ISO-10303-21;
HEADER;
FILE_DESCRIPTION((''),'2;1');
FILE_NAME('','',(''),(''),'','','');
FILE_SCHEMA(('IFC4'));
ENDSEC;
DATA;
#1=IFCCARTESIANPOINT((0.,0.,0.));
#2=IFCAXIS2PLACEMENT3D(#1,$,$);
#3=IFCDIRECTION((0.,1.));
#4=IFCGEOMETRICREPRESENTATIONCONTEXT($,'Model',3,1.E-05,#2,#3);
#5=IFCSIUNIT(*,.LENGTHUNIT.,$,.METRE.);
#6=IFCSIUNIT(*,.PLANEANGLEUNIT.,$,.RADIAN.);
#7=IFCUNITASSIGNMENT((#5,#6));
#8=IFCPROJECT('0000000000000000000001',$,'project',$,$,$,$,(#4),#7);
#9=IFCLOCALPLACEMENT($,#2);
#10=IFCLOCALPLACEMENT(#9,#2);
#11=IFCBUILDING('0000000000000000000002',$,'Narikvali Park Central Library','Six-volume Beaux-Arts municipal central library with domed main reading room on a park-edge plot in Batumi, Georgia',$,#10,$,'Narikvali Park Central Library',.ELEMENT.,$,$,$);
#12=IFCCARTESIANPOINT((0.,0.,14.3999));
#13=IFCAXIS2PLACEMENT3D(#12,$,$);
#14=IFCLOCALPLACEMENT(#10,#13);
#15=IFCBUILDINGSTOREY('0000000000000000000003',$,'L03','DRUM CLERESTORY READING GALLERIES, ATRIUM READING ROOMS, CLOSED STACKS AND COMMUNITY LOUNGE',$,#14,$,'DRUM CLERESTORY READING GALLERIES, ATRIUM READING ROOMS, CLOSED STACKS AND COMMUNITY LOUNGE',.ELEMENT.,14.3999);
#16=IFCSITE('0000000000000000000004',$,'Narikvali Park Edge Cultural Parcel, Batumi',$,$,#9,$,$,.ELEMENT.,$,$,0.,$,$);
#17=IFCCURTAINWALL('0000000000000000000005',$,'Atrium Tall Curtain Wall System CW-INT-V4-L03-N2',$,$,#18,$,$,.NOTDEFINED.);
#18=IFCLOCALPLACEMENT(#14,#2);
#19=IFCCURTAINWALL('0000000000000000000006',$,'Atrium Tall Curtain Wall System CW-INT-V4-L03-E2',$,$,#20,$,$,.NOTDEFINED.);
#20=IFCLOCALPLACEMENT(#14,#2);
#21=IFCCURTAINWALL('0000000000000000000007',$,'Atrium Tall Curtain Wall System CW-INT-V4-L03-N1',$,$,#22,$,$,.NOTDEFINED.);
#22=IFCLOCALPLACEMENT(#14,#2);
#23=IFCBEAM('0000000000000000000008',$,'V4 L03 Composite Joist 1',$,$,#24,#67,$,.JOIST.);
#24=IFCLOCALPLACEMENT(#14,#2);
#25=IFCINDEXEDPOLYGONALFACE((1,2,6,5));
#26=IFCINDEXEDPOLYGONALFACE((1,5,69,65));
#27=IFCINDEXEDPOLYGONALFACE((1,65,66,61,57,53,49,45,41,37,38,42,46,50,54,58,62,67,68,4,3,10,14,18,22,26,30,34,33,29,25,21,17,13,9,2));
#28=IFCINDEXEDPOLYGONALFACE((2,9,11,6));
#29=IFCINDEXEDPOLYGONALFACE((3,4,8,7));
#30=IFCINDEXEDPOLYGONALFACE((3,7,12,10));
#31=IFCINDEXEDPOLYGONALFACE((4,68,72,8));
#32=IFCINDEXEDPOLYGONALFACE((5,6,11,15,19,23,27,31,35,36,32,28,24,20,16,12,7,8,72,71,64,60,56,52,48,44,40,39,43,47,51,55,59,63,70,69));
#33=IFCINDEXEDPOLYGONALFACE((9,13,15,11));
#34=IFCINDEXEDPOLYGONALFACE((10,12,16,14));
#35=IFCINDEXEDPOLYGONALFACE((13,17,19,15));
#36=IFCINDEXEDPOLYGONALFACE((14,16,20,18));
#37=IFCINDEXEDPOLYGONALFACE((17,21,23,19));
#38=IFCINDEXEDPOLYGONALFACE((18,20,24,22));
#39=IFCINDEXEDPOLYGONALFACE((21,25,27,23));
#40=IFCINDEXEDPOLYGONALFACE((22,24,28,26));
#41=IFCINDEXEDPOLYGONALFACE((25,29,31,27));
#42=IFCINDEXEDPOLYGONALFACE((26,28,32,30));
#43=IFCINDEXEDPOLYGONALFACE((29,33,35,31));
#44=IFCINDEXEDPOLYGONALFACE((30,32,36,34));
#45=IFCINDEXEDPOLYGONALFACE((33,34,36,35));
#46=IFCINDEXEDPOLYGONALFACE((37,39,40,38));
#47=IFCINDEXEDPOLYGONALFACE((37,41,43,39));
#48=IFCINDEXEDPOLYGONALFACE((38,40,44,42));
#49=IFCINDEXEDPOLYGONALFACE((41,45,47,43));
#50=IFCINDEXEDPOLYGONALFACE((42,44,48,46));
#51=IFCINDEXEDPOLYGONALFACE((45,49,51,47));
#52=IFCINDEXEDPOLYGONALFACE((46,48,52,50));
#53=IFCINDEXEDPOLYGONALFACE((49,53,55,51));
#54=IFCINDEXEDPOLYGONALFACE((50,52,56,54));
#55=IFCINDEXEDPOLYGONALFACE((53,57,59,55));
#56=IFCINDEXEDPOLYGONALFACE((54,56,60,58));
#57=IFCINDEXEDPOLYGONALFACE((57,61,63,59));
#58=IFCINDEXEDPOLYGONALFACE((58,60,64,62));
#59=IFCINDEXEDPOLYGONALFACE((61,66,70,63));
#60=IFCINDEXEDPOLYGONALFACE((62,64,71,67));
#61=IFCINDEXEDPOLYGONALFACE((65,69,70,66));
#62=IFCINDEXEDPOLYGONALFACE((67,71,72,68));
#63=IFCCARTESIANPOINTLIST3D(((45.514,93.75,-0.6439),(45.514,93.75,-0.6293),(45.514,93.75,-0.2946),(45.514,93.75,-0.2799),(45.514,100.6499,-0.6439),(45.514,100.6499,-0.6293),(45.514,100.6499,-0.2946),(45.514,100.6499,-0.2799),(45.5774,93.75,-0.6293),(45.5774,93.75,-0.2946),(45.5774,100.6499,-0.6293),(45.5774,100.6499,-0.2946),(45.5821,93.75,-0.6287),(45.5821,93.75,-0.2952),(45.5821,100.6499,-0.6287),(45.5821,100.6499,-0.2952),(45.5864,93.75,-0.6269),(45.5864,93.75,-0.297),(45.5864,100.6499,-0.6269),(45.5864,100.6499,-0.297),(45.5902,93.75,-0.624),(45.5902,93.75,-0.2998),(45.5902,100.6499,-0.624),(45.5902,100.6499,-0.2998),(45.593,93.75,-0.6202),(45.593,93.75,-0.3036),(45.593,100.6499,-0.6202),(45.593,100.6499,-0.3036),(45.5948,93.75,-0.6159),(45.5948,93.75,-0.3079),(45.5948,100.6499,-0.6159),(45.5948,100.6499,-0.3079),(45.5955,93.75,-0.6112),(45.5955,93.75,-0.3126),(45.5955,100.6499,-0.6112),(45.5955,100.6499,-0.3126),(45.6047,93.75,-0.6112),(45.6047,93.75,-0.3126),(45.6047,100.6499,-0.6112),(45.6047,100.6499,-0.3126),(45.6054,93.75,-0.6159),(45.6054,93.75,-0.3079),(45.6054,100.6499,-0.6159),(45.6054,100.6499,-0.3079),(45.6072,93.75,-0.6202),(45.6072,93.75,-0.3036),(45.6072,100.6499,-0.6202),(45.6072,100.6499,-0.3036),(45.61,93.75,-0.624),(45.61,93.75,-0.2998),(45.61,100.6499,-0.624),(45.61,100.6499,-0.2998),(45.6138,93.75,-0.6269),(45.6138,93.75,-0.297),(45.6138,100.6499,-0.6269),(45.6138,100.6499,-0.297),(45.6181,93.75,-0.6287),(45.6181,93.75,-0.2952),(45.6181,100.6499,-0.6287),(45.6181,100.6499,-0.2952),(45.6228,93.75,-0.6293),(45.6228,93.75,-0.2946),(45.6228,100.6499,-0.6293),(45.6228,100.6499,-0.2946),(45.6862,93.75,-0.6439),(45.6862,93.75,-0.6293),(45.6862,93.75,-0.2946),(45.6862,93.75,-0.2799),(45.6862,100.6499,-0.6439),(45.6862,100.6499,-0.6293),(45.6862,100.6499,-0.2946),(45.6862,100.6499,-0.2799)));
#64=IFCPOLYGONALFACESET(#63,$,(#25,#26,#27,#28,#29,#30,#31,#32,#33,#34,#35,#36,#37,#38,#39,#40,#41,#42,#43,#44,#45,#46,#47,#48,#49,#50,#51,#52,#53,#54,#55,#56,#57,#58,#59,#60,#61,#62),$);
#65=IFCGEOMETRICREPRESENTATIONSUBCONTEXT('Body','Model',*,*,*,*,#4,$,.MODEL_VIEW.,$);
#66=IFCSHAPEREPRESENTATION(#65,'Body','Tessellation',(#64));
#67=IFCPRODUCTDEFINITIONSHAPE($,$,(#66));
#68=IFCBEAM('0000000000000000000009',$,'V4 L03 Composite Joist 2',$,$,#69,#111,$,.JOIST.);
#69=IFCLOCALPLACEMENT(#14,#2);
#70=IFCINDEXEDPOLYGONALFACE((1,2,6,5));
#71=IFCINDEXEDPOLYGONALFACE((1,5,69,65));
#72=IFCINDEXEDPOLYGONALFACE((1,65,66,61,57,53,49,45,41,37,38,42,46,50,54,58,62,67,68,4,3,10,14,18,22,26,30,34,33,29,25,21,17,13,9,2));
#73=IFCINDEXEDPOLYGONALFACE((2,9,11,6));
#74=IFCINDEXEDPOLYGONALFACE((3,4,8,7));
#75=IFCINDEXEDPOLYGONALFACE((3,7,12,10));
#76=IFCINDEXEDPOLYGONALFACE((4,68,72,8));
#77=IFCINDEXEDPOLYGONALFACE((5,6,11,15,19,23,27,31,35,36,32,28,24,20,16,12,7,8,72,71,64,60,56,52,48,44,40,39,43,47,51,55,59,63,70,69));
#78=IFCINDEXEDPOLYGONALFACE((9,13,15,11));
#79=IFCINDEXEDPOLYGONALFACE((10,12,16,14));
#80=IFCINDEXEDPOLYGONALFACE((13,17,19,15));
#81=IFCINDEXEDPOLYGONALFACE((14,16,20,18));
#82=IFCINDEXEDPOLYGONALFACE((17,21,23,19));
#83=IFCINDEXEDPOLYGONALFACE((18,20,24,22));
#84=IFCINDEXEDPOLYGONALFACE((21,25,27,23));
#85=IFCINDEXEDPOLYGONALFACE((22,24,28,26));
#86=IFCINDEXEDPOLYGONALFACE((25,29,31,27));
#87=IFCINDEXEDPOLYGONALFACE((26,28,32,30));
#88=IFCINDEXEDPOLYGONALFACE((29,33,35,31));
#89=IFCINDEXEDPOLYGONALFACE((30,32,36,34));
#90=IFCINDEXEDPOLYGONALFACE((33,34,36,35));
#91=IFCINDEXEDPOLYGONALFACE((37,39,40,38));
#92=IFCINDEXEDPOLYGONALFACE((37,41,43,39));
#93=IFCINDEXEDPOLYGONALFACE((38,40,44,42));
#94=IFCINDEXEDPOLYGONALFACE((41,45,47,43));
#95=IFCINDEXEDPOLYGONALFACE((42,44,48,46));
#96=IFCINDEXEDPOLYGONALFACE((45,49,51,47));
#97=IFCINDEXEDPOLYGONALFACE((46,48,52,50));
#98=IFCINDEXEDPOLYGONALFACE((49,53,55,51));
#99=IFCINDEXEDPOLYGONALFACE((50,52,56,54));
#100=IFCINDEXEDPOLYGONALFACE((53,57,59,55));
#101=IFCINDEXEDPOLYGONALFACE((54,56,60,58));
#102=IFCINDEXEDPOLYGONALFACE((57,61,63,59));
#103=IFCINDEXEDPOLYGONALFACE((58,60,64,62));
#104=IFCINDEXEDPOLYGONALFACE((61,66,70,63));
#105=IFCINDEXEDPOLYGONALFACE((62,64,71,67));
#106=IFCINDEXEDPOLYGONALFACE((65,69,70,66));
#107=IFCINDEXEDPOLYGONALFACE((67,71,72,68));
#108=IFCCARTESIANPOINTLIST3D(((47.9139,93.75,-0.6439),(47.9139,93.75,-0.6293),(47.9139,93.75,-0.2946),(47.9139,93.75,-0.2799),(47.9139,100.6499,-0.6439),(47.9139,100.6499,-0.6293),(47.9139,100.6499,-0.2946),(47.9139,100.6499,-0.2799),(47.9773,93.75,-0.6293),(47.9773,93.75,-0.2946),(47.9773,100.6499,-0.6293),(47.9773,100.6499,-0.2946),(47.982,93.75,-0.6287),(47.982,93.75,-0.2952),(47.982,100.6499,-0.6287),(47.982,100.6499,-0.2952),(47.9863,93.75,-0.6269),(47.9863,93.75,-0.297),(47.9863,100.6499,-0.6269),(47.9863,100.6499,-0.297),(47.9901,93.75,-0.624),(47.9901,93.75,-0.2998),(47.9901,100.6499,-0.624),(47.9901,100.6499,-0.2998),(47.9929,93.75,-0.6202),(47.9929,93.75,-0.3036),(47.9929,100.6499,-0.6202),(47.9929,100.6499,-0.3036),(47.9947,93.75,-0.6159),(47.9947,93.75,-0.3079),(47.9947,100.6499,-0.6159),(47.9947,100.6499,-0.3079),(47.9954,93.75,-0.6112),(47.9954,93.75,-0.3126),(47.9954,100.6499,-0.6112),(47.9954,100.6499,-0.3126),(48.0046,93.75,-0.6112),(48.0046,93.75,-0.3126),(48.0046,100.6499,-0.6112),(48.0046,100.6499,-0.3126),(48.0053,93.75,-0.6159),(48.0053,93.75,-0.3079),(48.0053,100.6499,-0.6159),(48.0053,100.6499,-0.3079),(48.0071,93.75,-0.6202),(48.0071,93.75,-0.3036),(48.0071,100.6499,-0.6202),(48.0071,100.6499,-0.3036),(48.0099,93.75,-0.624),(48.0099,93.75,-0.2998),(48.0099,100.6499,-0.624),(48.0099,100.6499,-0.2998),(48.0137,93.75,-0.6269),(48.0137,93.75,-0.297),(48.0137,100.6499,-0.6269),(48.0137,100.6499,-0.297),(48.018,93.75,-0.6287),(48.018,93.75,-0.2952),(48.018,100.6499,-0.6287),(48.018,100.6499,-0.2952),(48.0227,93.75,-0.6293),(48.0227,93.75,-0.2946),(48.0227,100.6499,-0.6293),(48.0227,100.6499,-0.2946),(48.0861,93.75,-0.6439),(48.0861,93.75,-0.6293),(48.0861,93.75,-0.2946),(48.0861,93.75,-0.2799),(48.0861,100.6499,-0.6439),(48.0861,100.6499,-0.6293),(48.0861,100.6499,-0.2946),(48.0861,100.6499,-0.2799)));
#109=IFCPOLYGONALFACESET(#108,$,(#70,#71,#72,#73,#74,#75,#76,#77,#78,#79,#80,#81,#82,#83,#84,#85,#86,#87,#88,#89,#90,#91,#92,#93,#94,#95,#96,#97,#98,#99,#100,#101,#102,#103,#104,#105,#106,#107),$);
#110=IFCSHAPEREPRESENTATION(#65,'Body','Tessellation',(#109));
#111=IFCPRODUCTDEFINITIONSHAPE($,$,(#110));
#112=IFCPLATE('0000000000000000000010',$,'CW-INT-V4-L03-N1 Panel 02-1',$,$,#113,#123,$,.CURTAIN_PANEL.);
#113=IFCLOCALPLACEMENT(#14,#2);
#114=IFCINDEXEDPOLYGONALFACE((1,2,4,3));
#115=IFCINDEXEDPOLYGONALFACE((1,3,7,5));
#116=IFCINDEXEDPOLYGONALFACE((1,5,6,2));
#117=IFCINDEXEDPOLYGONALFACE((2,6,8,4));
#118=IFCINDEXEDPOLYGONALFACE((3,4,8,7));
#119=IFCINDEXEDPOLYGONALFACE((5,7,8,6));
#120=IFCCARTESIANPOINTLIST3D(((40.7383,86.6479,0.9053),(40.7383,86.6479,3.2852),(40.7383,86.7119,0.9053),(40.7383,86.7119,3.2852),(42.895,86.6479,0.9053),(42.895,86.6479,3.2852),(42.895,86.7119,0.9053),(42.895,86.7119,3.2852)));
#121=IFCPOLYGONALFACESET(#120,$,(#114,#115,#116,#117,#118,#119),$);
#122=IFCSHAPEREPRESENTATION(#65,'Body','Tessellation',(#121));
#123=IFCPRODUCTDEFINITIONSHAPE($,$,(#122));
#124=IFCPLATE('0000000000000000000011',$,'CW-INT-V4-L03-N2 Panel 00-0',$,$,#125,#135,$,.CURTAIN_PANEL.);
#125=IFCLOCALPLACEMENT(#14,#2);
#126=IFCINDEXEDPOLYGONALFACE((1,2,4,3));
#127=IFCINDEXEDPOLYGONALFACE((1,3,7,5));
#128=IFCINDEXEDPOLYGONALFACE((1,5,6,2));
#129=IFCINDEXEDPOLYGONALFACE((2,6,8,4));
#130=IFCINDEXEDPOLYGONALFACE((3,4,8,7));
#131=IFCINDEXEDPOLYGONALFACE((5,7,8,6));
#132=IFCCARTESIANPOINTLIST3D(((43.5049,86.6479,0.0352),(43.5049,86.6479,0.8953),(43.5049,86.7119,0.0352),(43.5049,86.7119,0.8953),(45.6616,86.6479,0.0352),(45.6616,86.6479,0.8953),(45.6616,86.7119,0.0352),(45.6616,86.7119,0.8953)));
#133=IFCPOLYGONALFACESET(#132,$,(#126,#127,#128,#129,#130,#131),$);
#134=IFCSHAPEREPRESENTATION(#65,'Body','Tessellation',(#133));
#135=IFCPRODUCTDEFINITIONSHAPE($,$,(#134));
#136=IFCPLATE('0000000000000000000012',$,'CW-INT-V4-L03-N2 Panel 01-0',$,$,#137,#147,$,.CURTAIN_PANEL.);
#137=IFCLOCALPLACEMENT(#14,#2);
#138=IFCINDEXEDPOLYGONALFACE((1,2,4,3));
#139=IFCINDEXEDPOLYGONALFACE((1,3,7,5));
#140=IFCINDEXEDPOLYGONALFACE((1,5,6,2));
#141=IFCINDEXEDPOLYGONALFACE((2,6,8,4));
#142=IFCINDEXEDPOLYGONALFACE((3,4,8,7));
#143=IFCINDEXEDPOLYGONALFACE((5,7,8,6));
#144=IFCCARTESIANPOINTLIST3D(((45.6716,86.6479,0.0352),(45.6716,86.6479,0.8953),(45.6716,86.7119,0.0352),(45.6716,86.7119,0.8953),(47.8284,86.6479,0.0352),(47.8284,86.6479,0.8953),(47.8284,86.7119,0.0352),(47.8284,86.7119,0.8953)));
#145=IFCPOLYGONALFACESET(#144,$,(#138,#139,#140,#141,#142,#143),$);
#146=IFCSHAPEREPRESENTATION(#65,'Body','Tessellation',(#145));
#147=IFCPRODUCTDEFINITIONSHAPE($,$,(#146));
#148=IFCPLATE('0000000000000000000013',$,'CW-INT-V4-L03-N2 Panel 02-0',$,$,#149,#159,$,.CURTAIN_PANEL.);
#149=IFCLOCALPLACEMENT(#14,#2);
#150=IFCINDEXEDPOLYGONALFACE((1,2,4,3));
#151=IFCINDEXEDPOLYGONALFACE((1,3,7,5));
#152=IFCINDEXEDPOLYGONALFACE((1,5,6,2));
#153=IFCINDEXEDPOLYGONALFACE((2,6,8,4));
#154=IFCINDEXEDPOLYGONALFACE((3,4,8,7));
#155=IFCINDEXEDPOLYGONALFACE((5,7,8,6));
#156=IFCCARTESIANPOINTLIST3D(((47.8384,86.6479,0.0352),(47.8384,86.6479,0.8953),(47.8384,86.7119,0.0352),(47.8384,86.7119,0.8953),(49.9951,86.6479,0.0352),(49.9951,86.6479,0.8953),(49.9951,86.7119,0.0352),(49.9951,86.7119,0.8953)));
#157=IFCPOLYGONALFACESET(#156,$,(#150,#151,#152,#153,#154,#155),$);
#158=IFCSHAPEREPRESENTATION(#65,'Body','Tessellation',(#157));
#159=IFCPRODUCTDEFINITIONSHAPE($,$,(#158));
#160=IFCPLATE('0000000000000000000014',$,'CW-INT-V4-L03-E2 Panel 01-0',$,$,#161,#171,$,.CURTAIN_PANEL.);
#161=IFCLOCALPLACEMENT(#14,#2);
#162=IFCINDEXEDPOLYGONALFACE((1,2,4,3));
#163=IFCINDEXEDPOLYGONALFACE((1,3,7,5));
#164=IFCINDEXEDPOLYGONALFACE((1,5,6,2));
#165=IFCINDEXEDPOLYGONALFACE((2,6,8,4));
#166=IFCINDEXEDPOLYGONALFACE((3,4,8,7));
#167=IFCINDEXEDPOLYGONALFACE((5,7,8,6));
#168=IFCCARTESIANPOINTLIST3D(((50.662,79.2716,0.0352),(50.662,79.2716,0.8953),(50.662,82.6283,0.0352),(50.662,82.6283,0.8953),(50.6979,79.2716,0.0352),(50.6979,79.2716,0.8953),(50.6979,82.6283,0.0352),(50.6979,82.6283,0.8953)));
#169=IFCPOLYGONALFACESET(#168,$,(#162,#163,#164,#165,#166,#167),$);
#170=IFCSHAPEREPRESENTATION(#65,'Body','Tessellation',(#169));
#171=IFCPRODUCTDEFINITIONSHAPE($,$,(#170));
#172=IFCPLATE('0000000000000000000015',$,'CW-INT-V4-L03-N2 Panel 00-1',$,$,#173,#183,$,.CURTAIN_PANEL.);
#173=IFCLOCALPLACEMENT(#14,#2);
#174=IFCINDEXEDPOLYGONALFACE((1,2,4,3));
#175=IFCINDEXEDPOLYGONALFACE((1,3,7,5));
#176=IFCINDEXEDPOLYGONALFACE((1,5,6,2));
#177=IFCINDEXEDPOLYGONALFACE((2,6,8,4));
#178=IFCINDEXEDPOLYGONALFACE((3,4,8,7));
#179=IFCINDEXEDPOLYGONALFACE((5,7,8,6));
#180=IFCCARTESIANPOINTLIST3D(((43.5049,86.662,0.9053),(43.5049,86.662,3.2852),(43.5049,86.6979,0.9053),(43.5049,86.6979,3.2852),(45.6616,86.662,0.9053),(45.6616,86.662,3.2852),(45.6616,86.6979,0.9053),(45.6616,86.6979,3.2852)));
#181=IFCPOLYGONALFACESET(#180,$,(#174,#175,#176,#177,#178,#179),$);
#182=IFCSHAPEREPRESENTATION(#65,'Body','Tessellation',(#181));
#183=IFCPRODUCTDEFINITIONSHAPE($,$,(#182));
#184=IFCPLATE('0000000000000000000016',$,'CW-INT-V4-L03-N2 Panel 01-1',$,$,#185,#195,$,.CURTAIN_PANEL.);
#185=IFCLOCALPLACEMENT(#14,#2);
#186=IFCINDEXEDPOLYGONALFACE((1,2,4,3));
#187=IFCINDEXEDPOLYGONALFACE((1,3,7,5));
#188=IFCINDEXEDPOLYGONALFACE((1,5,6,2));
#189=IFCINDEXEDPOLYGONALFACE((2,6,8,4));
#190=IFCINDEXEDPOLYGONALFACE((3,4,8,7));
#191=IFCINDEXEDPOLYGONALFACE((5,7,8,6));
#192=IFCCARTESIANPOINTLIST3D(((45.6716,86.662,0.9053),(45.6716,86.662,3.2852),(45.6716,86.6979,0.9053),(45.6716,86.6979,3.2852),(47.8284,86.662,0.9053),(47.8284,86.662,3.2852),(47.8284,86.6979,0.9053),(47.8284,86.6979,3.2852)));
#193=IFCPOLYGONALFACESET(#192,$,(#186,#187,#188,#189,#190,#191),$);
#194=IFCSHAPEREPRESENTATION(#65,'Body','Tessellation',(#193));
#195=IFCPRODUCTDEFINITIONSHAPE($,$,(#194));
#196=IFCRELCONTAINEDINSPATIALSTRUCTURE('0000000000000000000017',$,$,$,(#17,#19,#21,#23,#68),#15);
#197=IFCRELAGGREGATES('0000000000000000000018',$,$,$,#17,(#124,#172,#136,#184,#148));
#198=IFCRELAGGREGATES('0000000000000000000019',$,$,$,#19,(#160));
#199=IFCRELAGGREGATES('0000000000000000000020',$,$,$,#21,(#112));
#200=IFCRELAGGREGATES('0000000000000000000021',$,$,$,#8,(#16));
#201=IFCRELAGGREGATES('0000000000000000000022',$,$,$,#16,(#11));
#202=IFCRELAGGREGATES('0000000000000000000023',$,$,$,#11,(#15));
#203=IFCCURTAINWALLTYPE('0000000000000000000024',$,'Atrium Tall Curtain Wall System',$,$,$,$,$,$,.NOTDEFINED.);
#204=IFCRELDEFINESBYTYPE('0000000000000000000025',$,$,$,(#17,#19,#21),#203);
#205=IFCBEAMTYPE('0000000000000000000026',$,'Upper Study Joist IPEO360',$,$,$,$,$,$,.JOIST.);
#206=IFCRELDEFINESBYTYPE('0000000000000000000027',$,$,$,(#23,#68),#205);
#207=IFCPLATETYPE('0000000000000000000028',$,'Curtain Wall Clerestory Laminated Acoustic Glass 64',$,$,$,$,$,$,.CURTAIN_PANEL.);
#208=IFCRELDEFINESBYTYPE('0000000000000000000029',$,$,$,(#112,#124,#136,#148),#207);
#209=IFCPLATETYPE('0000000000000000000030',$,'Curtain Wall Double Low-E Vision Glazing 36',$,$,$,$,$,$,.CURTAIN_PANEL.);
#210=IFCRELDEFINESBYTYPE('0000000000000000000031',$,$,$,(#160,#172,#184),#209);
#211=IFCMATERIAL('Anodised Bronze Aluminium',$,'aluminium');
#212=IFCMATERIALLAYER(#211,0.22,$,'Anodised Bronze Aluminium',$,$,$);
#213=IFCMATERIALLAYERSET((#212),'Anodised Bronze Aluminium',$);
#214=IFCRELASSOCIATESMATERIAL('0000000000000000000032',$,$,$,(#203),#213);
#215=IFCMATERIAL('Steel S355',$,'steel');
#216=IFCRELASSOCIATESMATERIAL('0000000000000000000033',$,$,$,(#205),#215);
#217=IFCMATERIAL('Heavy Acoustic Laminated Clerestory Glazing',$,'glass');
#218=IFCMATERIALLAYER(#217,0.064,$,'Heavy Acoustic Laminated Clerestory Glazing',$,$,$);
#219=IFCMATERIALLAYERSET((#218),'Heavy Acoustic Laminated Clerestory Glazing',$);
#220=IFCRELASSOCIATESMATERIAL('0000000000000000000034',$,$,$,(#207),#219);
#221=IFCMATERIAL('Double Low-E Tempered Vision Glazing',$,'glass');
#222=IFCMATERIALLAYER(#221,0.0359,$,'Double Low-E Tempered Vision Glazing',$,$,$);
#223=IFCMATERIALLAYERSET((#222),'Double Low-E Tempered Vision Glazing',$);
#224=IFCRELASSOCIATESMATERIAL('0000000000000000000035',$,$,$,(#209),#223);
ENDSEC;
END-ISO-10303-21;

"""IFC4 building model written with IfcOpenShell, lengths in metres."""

from ifc_helpers import new_model, si_unit, direction, frame, origin, origin_2d, place, context, subcontext, project, spatial, rectangle, i_section, extrude, material, layer, layer_set, material_profile, profile_set, type_object, element, aggregate, save


model = new_model("IFC4")

# Units and contexts
model_context = context("Model", 3, precision=1e-05, world=origin(), true_north=direction((0.0, 1.0)))
body_context = subcontext(model_context, "Body", "Model", "MODEL_VIEW")
ifc_project = project(units=[si_unit("LENGTHUNIT", "METRE"), si_unit("PLANEANGLEUNIT", "RADIAN")], contexts=[model_context])

# Site, building, storey
site_placement = place(None, origin())
site = spatial("IfcSite", under=ifc_project, at=site_placement, Name="Narikvali Park Edge Cultural Parcel, Batumi", CompositionType="ELEMENT", RefElevation=0.0)
building_placement = place(site_placement, origin())
building = spatial("IfcBuilding", under=site, at=building_placement, Name="Narikvali Park Central Library", Description="Six-volume Beaux-Arts municipal central library with domed main reading room on a park-edge plot in Batumi, Georgia", LongName="Narikvali Park Central Library", CompositionType="ELEMENT")
storey_placement = place(building_placement, frame((0.0, 0.0, 14.3999)))
storey = spatial("IfcBuildingStorey", under=building, at=storey_placement, Name="L03", Description="DRUM CLERESTORY READING GALLERIES, ATRIUM READING ROOMS, CLOSED STACKS AND COMMUNITY LOUNGE", LongName="DRUM CLERESTORY READING GALLERIES, ATRIUM READING ROOMS, CLOSED STACKS AND COMMUNITY LOUNGE", CompositionType="ELEMENT", Elevation=14.3999)

# Shared definitions
ifc_material_1 = material(Name="Steel S355", Category="steel")

# Curtain wall
ifc_material_2 = material(Name="Anodised Bronze Aluminium", Category="aluminium")
ifc_layer_1 = layer(ifc_material_2, 0.22, Name="Anodised Bronze Aluminium")
ifc_layer_set_1 = layer_set([ifc_layer_1], Name="Anodised Bronze Aluminium")
curtain_wall_type = type_object("IfcCurtainWallType", Name="Atrium Tall Curtain Wall System", PredefinedType="NOTDEFINED", material=ifc_layer_set_1)
curtain_wall_1_placement = place(storey_placement, origin())
curtain_wall_1 = element("IfcCurtainWall", 1, at=curtain_wall_1_placement, inside=storey, type_object=curtain_wall_type, Name="Atrium Tall Curtain Wall System CW-INT-V4-L03-N2", PredefinedType="NOTDEFINED")

# Curtain walls
curtain_wall_2_placement = place(storey_placement, origin())
curtain_wall_2 = element("IfcCurtainWall", 2, at=curtain_wall_2_placement, inside=storey, type_object=curtain_wall_type, Name="Atrium Tall Curtain Wall System CW-INT-V4-L03-E2", PredefinedType="NOTDEFINED")
curtain_wall_3_placement = place(storey_placement, origin())
curtain_wall_3 = element("IfcCurtainWall", 3, at=curtain_wall_3_placement, inside=storey, type_object=curtain_wall_type, Name="Atrium Tall Curtain Wall System CW-INT-V4-L03-N1", PredefinedType="NOTDEFINED")

# Beams
ifc_material_profile_1 = material_profile(ifc_material_1, i_section(OverallWidth=0.1721, OverallDepth=0.364, WebThickness=0.0093, FlangeThickness=0.0146, FilletRadius=0.0181, at=origin_2d()), Name="IPEO 360")
ifc_profile_set_1 = profile_set([ifc_material_profile_1], Name="Steel S355")
beam_type_1 = type_object("IfcBeamType", Name="Upper Study Joist IPEO360", PredefinedType="JOIST", material=ifc_profile_set_1)
for number, where, z_axis, x_axis, name in (
    (4, (45.6001, 93.75, -0.4619), (0.0, 1.0, 0.0), (-1.0, 0.0, 0.0), "V4 L03 Composite Joist 1"),
    (5, (48.0, 93.75, -0.4619), (0.0, 1.0, 0.0), (-1.0, 0.0, 0.0), "V4 L03 Composite Joist 2"),
):
    element("IfcBeam", number, at=place(storey_placement, frame(where, z_axis=z_axis, x_axis=x_axis)), inside=storey, type_object=beam_type_1, Name=name, PredefinedType="JOIST", context=body_context, shape_type="SweptSolid", body=[
        extrude(i_section(OverallWidth=0.1721, OverallDepth=0.364, WebThickness=0.0093, FlangeThickness=0.0146, FilletRadius=0.0181, at=origin_2d()), origin(), (0.0, 0.0, 1.0), 6.8999),
    ])

# Plates
ifc_material_3 = material(Name="Heavy Acoustic Laminated Clerestory Glazing", Category="glass")
ifc_layer_2 = layer(ifc_material_3, 0.064, Name="Heavy Acoustic Laminated Clerestory Glazing")
ifc_layer_set_2 = layer_set([ifc_layer_2], Name="Heavy Acoustic Laminated Clerestory Glazing")
plate_type_1 = type_object("IfcPlateType", Name="Curtain Wall Clerestory Laminated Acoustic Glass 64", PredefinedType="CURTAIN_PANEL", material=ifc_layer_set_2)
plate_1_placement = place(storey_placement, frame((41.8167, 86.6799, 0.9053), z_axis=(0.0, 0.0, 1.0), x_axis=(1.0, 0.0, 0.0)))
plate_1 = element("IfcPlate", 6, at=plate_1_placement, type_object=plate_type_1, Name="CW-INT-V4-L03-N1 Panel 02-1", PredefinedType="CURTAIN_PANEL", context=body_context, shape_type="SweptSolid", body=[
    extrude(rectangle(XDim=2.1567, YDim=0.064, at=origin_2d()), origin(), (0.0, 0.0, 1.0), 2.3799),
])
plate_2_placement = place(storey_placement, frame((44.5833, 86.6799, 0.0352), z_axis=(0.0, 0.0, 1.0), x_axis=(1.0, 0.0, 0.0)))
plate_2 = element("IfcPlate", 7, at=plate_2_placement, type_object=plate_type_1, Name="CW-INT-V4-L03-N2 Panel 00-0", PredefinedType="CURTAIN_PANEL", context=body_context, shape_type="SweptSolid", body=[
    extrude(rectangle(XDim=2.1567, YDim=0.064, at=origin_2d()), origin(), (0.0, 0.0, 1.0), 0.8601),
])
plate_3_placement = place(storey_placement, frame((46.75, 86.6799, 0.0352), z_axis=(0.0, 0.0, 1.0), x_axis=(1.0, 0.0, 0.0)))
plate_3 = element("IfcPlate", 8, at=plate_3_placement, type_object=plate_type_1, Name="CW-INT-V4-L03-N2 Panel 01-0", PredefinedType="CURTAIN_PANEL", context=body_context, shape_type="SweptSolid", body=[
    extrude(rectangle(XDim=2.1567, YDim=0.064, at=origin_2d()), origin(), (0.0, 0.0, 1.0), 0.8601),
])
plate_4_placement = place(storey_placement, frame((48.9167, 86.6799, 0.0352), z_axis=(0.0, 0.0, 1.0), x_axis=(1.0, 0.0, 0.0)))
plate_4 = element("IfcPlate", 9, at=plate_4_placement, type_object=plate_type_1, Name="CW-INT-V4-L03-N2 Panel 02-0", PredefinedType="CURTAIN_PANEL", context=body_context, shape_type="SweptSolid", body=[
    extrude(rectangle(XDim=2.1567, YDim=0.064, at=origin_2d()), origin(), (0.0, 0.0, 1.0), 0.8601),
])
ifc_material_4 = material(Name="Double Low-E Tempered Vision Glazing", Category="glass")
ifc_layer_3 = layer(ifc_material_4, 0.0359, Name="Double Low-E Tempered Vision Glazing")
ifc_layer_set_3 = layer_set([ifc_layer_3], Name="Double Low-E Tempered Vision Glazing")
plate_type_2 = type_object("IfcPlateType", Name="Curtain Wall Double Low-E Vision Glazing 36", PredefinedType="CURTAIN_PANEL", material=ifc_layer_set_3)
plate_5_placement = place(storey_placement, frame((50.6799, 80.95, 0.0352), z_axis=(0.0, 0.0, 1.0), x_axis=(0.0, 1.0, 0.0)))
plate_5 = element("IfcPlate", 10, at=plate_5_placement, type_object=plate_type_2, Name="CW-INT-V4-L03-E2 Panel 01-0", PredefinedType="CURTAIN_PANEL", context=body_context, shape_type="SweptSolid", body=[
    extrude(rectangle(XDim=3.3567, YDim=0.0359, at=origin_2d()), origin(), (0.0, 0.0, 1.0), 0.8601),
])
plate_6_placement = place(storey_placement, frame((44.5833, 86.6799, 0.9053), z_axis=(0.0, 0.0, 1.0), x_axis=(1.0, 0.0, 0.0)))
plate_6 = element("IfcPlate", 11, at=plate_6_placement, type_object=plate_type_2, Name="CW-INT-V4-L03-N2 Panel 00-1", PredefinedType="CURTAIN_PANEL", context=body_context, shape_type="SweptSolid", body=[
    extrude(rectangle(XDim=2.1567, YDim=0.0359, at=origin_2d()), origin(), (0.0, 0.0, 1.0), 2.3799),
])
plate_7_placement = place(storey_placement, frame((46.75, 86.6799, 0.9053), z_axis=(0.0, 0.0, 1.0), x_axis=(1.0, 0.0, 0.0)))
plate_7 = element("IfcPlate", 12, at=plate_7_placement, type_object=plate_type_2, Name="CW-INT-V4-L03-N2 Panel 01-1", PredefinedType="CURTAIN_PANEL", context=body_context, shape_type="SweptSolid", body=[
    extrude(rectangle(XDim=2.1567, YDim=0.0359, at=origin_2d()), origin(), (0.0, 0.0, 1.0), 2.3799),
])
aggregate(curtain_wall_1, [plate_2, plate_6, plate_3, plate_7, plate_4])
aggregate(curtain_wall_2, [plate_5])
aggregate(curtain_wall_3, [plate_1])

save(model, "model.ifc")
